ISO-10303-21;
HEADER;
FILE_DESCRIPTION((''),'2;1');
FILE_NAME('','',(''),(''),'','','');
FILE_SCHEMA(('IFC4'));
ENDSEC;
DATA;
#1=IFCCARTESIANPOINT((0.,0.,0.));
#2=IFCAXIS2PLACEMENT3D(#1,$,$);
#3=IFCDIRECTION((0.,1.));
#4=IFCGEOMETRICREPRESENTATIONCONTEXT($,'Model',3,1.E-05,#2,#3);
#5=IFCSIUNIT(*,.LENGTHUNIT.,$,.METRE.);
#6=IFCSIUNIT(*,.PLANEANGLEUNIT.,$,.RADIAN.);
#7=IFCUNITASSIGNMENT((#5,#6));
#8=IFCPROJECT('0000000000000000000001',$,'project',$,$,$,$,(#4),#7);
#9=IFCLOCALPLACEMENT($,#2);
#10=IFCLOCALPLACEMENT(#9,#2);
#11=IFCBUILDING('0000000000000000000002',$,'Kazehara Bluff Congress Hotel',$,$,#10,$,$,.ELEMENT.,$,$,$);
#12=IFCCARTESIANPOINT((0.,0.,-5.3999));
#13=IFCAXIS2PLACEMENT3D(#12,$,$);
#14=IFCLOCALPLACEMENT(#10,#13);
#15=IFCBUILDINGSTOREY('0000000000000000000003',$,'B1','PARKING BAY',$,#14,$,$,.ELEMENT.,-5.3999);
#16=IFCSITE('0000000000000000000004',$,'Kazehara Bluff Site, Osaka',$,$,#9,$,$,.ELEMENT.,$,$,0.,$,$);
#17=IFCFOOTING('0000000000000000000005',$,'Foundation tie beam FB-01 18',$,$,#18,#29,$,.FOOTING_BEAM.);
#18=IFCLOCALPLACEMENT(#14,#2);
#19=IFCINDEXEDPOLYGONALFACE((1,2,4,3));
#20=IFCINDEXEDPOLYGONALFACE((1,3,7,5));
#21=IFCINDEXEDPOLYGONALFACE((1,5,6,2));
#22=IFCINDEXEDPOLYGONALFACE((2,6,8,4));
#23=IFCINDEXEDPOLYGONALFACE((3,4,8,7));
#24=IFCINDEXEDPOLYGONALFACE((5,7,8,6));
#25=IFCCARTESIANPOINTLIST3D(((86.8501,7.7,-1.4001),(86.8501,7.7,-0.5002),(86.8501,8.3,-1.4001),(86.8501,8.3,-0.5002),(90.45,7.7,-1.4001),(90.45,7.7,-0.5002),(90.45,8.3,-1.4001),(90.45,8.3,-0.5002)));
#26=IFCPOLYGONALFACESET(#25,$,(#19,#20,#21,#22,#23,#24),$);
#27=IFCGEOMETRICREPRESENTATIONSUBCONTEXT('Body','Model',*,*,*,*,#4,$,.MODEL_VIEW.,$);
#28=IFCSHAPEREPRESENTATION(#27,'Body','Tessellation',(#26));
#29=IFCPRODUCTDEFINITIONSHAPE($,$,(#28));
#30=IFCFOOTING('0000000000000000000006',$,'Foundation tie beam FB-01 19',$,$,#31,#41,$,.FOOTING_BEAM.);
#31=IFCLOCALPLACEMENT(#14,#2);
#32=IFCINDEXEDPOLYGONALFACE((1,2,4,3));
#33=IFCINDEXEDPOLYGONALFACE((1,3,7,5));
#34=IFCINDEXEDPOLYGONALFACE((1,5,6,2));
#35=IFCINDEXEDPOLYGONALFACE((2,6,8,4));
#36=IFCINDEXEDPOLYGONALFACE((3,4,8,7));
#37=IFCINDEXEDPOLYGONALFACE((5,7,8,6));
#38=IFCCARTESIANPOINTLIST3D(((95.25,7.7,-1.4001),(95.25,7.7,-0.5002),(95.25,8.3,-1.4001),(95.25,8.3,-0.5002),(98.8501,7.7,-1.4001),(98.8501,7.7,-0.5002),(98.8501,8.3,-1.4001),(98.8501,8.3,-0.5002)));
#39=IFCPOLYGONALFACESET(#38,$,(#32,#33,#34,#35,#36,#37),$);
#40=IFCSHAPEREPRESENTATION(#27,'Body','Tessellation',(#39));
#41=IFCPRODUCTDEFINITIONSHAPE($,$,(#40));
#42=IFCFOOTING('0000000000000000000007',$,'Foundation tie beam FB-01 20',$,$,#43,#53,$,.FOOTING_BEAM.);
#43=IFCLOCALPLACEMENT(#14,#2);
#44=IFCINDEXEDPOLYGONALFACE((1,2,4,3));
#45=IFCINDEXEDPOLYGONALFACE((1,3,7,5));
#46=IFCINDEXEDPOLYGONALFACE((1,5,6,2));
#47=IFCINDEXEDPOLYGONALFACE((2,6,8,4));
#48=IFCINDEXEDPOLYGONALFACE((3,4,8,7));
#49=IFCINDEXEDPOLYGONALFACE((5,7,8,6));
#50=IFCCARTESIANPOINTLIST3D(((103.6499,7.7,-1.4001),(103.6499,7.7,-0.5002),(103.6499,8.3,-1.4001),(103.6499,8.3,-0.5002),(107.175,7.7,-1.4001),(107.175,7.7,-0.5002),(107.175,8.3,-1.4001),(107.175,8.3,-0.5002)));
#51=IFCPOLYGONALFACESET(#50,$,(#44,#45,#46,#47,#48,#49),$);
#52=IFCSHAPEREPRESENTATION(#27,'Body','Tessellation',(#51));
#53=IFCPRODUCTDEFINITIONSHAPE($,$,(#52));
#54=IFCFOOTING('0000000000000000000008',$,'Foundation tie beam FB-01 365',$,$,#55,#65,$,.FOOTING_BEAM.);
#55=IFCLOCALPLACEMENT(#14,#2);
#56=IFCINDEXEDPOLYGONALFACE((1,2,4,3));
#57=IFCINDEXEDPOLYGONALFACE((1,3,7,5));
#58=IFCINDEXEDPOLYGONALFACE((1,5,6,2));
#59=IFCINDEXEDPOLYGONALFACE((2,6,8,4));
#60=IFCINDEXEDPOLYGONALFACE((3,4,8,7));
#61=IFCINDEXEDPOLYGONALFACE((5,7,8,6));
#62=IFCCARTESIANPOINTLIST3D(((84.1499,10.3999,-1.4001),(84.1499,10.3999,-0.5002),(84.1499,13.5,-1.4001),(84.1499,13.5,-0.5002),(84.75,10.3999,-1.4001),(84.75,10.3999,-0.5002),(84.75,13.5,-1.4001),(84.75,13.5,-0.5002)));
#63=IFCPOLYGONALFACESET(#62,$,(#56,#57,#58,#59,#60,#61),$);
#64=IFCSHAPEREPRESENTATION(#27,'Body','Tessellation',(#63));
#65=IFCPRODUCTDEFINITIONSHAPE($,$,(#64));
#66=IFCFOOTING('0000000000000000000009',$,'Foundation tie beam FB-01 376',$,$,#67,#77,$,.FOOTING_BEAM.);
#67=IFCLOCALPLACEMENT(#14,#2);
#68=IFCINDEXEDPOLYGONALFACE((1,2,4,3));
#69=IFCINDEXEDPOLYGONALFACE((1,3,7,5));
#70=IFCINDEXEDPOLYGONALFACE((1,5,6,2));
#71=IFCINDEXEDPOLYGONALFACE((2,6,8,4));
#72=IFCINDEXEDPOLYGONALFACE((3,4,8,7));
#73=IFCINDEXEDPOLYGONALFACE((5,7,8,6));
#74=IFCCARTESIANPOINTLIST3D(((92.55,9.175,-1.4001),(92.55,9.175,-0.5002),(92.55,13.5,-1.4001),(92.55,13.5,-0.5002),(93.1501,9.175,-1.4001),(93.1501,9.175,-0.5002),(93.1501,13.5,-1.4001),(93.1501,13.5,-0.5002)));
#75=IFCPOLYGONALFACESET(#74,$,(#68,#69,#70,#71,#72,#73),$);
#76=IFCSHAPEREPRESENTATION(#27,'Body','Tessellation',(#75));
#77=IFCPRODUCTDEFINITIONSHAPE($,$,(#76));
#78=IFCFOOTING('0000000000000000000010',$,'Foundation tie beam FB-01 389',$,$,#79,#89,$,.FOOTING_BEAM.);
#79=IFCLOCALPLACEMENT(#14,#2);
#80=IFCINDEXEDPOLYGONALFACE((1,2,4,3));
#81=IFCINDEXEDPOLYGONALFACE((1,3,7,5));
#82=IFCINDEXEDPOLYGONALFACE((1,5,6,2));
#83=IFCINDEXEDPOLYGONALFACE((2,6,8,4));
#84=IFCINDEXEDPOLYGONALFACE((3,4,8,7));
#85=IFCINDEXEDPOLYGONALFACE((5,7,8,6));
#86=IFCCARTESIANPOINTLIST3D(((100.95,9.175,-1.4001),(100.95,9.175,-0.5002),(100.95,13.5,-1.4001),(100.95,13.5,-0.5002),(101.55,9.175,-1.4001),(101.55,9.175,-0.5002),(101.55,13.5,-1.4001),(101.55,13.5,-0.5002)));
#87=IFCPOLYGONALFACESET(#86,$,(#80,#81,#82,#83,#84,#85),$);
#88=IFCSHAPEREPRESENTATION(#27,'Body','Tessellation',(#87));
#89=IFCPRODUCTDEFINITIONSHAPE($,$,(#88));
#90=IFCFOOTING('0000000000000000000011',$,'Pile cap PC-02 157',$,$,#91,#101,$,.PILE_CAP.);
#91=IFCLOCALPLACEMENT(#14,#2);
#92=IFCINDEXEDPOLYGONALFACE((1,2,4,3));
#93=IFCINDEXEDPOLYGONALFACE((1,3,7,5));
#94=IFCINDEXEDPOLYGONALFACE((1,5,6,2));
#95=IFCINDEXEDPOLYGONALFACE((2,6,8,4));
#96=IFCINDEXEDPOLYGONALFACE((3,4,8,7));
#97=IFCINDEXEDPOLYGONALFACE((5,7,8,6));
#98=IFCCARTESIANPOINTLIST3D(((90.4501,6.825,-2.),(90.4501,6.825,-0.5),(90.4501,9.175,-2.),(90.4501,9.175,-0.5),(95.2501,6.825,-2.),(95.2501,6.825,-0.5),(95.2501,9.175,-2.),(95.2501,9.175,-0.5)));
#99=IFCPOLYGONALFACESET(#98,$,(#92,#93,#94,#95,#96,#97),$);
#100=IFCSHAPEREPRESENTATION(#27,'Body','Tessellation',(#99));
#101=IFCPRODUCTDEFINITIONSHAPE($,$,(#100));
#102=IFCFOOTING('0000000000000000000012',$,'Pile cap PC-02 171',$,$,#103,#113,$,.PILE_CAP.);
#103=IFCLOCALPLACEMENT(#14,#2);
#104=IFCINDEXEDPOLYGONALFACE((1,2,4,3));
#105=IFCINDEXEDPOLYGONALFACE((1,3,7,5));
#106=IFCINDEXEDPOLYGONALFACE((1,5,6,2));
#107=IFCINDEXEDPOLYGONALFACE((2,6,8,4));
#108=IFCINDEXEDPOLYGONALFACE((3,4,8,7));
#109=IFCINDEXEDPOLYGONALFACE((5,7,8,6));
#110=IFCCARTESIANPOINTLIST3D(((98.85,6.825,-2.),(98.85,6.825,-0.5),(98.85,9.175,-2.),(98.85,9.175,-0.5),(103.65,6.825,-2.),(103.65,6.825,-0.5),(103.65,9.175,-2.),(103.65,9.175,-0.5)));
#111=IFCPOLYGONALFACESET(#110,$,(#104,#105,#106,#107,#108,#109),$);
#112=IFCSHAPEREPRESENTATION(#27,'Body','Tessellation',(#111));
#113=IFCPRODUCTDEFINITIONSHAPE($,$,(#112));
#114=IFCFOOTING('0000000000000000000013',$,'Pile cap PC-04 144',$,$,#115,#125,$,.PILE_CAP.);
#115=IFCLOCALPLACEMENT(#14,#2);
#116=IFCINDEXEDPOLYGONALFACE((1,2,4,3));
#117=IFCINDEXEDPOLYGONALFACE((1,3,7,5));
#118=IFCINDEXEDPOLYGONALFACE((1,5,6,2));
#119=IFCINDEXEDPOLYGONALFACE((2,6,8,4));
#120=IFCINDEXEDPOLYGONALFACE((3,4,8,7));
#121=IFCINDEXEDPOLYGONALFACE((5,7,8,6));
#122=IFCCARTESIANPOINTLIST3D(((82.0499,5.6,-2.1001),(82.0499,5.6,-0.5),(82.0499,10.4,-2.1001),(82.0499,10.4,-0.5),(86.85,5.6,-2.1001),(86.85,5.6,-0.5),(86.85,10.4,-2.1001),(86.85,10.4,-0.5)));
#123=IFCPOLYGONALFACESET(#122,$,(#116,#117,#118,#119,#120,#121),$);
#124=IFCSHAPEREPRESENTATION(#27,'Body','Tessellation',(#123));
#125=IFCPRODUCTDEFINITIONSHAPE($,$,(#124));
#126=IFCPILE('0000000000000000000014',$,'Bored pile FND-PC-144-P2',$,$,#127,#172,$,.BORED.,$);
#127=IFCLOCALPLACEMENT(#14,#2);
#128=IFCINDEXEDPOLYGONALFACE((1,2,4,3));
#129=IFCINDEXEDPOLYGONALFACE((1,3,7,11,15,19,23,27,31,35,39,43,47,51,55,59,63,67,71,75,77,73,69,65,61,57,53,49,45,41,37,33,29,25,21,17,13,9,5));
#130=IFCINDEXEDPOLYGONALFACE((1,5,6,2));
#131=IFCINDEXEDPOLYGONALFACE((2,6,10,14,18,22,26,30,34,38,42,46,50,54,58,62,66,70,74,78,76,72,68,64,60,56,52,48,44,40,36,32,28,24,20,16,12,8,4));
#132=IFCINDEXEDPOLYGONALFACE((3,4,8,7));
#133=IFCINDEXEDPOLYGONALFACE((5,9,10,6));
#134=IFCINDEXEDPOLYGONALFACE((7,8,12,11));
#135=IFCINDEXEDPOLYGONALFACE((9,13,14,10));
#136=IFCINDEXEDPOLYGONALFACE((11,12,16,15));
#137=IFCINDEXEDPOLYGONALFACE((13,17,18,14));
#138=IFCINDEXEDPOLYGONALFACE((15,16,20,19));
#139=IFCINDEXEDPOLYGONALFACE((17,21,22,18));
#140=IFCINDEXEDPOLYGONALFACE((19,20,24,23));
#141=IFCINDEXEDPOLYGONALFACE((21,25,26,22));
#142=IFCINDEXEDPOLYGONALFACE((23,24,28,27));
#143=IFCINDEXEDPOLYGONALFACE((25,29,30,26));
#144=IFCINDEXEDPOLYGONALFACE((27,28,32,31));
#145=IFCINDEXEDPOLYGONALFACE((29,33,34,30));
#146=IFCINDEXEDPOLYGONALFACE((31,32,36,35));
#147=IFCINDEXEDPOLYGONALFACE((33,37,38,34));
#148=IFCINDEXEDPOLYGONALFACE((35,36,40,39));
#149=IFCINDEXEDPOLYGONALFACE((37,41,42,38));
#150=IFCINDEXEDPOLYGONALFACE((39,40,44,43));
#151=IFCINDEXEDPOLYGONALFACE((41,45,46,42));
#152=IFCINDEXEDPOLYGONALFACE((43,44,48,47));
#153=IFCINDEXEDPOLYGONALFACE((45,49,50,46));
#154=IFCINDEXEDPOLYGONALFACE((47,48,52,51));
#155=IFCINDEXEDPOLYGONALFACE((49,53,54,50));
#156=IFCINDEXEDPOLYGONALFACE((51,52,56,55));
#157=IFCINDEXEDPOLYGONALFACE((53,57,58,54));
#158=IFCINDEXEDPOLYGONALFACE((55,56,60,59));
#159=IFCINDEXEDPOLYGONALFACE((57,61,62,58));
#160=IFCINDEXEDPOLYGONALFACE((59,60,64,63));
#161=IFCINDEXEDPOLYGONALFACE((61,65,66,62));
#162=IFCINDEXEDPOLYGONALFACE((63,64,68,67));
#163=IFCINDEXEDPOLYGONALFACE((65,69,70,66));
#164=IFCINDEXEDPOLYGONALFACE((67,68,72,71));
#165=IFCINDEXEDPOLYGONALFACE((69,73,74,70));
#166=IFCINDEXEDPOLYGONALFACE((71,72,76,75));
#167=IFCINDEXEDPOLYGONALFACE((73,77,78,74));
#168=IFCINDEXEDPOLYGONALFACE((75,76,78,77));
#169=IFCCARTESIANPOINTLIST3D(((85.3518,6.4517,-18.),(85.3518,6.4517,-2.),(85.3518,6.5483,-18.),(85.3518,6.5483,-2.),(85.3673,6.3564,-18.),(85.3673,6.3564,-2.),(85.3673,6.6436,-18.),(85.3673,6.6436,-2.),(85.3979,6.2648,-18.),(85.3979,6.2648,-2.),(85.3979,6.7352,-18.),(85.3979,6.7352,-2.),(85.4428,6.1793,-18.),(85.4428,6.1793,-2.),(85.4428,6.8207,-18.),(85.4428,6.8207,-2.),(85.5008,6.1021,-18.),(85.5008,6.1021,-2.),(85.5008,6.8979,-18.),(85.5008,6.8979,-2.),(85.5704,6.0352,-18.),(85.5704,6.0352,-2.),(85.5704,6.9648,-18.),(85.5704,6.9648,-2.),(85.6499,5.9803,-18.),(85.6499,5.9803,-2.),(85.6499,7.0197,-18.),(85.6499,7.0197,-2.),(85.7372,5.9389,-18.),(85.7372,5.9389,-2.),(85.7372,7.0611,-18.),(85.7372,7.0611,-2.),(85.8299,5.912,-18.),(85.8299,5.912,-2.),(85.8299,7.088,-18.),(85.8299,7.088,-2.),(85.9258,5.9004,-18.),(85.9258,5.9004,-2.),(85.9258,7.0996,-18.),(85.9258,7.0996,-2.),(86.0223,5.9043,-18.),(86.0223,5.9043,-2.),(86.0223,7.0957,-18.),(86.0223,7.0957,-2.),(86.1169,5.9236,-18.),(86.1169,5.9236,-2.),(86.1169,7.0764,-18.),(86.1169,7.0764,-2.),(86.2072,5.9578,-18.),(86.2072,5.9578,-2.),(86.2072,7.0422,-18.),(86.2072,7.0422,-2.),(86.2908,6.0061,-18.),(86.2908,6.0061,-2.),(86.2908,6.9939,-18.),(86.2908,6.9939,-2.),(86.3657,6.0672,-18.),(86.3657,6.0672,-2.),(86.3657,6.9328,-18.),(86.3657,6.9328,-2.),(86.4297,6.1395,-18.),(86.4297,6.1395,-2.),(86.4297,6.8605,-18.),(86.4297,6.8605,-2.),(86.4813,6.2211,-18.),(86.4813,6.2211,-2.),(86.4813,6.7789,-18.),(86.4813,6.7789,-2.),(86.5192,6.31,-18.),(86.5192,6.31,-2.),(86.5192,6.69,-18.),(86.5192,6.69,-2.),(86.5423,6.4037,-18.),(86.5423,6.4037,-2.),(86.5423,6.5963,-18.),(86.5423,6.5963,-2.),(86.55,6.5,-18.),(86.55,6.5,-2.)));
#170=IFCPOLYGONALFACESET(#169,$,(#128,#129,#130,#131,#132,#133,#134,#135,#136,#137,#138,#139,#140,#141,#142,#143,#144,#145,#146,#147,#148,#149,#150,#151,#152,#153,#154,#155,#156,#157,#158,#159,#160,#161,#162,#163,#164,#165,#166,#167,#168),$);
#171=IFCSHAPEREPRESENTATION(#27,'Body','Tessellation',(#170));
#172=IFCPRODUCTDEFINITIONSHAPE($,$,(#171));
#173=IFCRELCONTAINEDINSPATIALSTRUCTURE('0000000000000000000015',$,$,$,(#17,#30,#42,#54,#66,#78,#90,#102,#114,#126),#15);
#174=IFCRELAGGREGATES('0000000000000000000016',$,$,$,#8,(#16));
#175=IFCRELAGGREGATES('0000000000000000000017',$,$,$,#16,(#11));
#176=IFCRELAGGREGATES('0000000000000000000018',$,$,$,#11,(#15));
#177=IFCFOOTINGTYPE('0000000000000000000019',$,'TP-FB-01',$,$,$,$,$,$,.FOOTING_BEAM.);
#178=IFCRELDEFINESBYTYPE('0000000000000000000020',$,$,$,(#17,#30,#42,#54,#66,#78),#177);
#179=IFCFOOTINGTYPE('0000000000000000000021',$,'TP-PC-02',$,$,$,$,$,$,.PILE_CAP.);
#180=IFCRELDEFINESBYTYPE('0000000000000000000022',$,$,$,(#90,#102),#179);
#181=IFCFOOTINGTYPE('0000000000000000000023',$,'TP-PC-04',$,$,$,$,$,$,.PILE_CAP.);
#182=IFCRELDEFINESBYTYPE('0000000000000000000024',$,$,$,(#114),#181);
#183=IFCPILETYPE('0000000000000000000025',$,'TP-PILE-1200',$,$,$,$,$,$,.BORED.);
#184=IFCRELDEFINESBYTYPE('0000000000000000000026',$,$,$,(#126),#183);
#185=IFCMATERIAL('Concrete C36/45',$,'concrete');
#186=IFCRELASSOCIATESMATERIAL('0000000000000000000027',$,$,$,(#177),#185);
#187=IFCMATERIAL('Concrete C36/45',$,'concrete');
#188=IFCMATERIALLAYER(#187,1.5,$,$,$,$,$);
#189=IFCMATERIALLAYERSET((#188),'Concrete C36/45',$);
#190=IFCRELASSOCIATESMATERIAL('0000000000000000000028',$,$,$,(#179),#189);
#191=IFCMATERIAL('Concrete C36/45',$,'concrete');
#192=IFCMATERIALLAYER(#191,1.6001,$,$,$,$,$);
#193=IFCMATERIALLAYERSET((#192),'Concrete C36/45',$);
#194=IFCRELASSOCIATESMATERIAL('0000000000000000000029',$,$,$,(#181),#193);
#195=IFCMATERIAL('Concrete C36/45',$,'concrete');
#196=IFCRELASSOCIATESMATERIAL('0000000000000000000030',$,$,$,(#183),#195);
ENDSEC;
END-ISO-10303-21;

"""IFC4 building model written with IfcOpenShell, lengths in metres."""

from ifc_helpers import new_model, si_unit, direction, frame, origin, origin_2d, place, context, subcontext, project, spatial, rectangle, circle, extrude, material, layer, layer_set, material_profile, profile_set, type_object, element, save


model = new_model("IFC4")

# Units and contexts
model_context = context("Model", 3, precision=1e-05, world=origin(), true_north=direction((0.0, 1.0)))
body_context = subcontext(model_context, "Body", "Model", "MODEL_VIEW")
ifc_project = project(units=[si_unit("LENGTHUNIT", "METRE"), si_unit("PLANEANGLEUNIT", "RADIAN")], contexts=[model_context])

# Site, building, storey
site_placement = place(None, origin())
site = spatial("IfcSite", under=ifc_project, at=site_placement, Name="Kazehara Bluff Site, Osaka", CompositionType="ELEMENT", RefElevation=0.0)
building_placement = place(site_placement, origin())
building = spatial("IfcBuilding", under=site, at=building_placement, Name="Kazehara Bluff Congress Hotel", CompositionType="ELEMENT")
storey_placement = place(building_placement, frame((0.0, 0.0, -5.3999)))
storey = spatial("IfcBuildingStorey", under=building, at=storey_placement, Name="B1", Description="PARKING BAY", CompositionType="ELEMENT", Elevation=-5.3999)

# Footings
ifc_material_1 = material(Name="Concrete C36/45", Category="concrete")
ifc_material_profile_1 = material_profile(ifc_material_1, rectangle(XDim=0.6001, YDim=0.8999, at=origin_2d()))
ifc_profile_set_1 = profile_set([ifc_material_profile_1], Name="Concrete C36/45")
footing_type_1 = type_object("IfcFootingType", Name="TP-FB-01", PredefinedType="FOOTING_BEAM", material=ifc_profile_set_1)
footing_1_placement = place(storey_placement, frame((86.8501, 8.0, -0.9502), z_axis=(1.0, 0.0, 0.0), x_axis=(0.0, 1.0, 0.0)))
element("IfcFooting", 1, at=footing_1_placement, inside=storey, type_object=footing_type_1, Name="Foundation tie beam FB-01 18", PredefinedType="FOOTING_BEAM", context=body_context, shape_type="SweptSolid", body=[
    extrude(rectangle(XDim=0.6001, YDim=0.8999, at=origin_2d()), origin(), (0.0, 0.0, 1.0), 3.5999),
])
footing_2_placement = place(storey_placement, frame((95.25, 8.0, -0.9502), z_axis=(1.0, 0.0, 0.0), x_axis=(0.0, 1.0, 0.0)))
element("IfcFooting", 2, at=footing_2_placement, inside=storey, type_object=footing_type_1, Name="Foundation tie beam FB-01 19", PredefinedType="FOOTING_BEAM", context=body_context, shape_type="SweptSolid", body=[
    extrude(rectangle(XDim=0.6001, YDim=0.8999, at=origin_2d()), origin(), (0.0, 0.0, 1.0), 3.6001),
])
footing_3_placement = place(storey_placement, frame((103.6499, 8.0, -0.9502), z_axis=(1.0, 0.0, 0.0), x_axis=(0.0, 1.0, 0.0)))
element("IfcFooting", 3, at=footing_3_placement, inside=storey, type_object=footing_type_1, Name="Foundation tie beam FB-01 20", PredefinedType="FOOTING_BEAM", context=body_context, shape_type="SweptSolid", body=[
    extrude(rectangle(XDim=0.6001, YDim=0.8999, at=origin_2d()), origin(), (0.0, 0.0, 1.0), 3.5251),
])
footing_4_placement = place(storey_placement, frame((84.45, 10.3999, -0.9502), z_axis=(0.0, 1.0, 0.0), x_axis=(-1.0, 0.0, 0.0)))
element("IfcFooting", 4, at=footing_4_placement, inside=storey, type_object=footing_type_1, Name="Foundation tie beam FB-01 365", PredefinedType="FOOTING_BEAM", context=body_context, shape_type="SweptSolid", body=[
    extrude(rectangle(XDim=0.6001, YDim=0.8999, at=origin_2d()), origin(), (0.0, 0.0, 1.0), 3.1001),
])
for number, where, z_axis, x_axis, name in (
    (5, (92.8501, 9.175, -0.9502), (0.0, 1.0, 0.0), (-1.0, 0.0, 0.0), "Foundation tie beam FB-01 376"),
    (6, (101.25, 9.175, -0.9502), (0.0, 1.0, 0.0), (-1.0, 0.0, 0.0), "Foundation tie beam FB-01 389"),
):
    element("IfcFooting", number, at=place(storey_placement, frame(where, z_axis=z_axis, x_axis=x_axis)), inside=storey, type_object=footing_type_1, Name=name, PredefinedType="FOOTING_BEAM", context=body_context, shape_type="SweptSolid", body=[
        extrude(rectangle(XDim=0.6001, YDim=0.8999, at=origin_2d()), origin(), (0.0, 0.0, 1.0), 4.325),
    ])
ifc_material_2 = material(Name="Concrete C36/45", Category="concrete")
ifc_layer_1 = layer(ifc_material_2, 1.5)
ifc_layer_set_1 = layer_set([ifc_layer_1], Name="Concrete C36/45")
footing_type_2 = type_object("IfcFootingType", Name="TP-PC-02", PredefinedType="PILE_CAP", material=ifc_layer_set_1)
for number, where, z_axis, x_axis, name in (
    (7, (92.8501, 8.0, -2.0), (0.0, 0.0, 1.0), (1.0, 0.0, 0.0), "Pile cap PC-02 157"),
    (8, (101.25, 8.0, -2.0), (0.0, 0.0, 1.0), (1.0, 0.0, 0.0), "Pile cap PC-02 171"),
):
    element("IfcFooting", number, at=place(storey_placement, frame(where, z_axis=z_axis, x_axis=x_axis)), inside=storey, type_object=footing_type_2, Name=name, PredefinedType="PILE_CAP", context=body_context, shape_type="SweptSolid", body=[
        extrude(rectangle(XDim=4.8, YDim=2.3501, at=origin_2d()), origin(), (0.0, 0.0, 1.0), 1.5),
    ])
ifc_material_3 = material(Name="Concrete C36/45", Category="concrete")
ifc_layer_2 = layer(ifc_material_3, 1.6001)
ifc_layer_set_2 = layer_set([ifc_layer_2], Name="Concrete C36/45")
footing_type_3 = type_object("IfcFootingType", Name="TP-PC-04", PredefinedType="PILE_CAP", material=ifc_layer_set_2)
footing_5_placement = place(storey_placement, frame((84.45, 8.0, -2.1001), z_axis=(0.0, 0.0, 1.0), x_axis=(1.0, 0.0, 0.0)))
element("IfcFooting", 9, at=footing_5_placement, inside=storey, type_object=footing_type_3, Name="Pile cap PC-04 144", PredefinedType="PILE_CAP", context=body_context, shape_type="SweptSolid", body=[
    extrude(rectangle(XDim=4.8, YDim=4.8, at=origin_2d()), origin(), (0.0, 0.0, 1.0), 1.6001),
])

# Pile
ifc_material_4 = material(Name="Concrete C36/45", Category="concrete")
ifc_material_profile_2 = material_profile(ifc_material_4, circle(Radius=0.6001, at=origin_2d()))
ifc_profile_set_2 = profile_set([ifc_material_profile_2], Name="Concrete C36/45")
pile_type = type_object("IfcPileType", Name="TP-PILE-1200", PredefinedType="BORED", material=ifc_profile_set_2)
for number, where, z_axis, x_axis, name in (
    (10, (85.95, 6.5, -2.0), (0.0, 0.0, -1.0), (1.0, 0.0, 0.0), "Bored pile FND-PC-144-P2"),
):
    element("IfcPile", number, at=place(storey_placement, frame(where, z_axis=z_axis, x_axis=x_axis)), inside=storey, type_object=pile_type, Name=name, PredefinedType="BORED", context=body_context, shape_type="SweptSolid", body=[
        extrude(circle(Radius=0.6001, at=origin_2d()), origin(), (0.0, 0.0, 1.0), 16.0),
    ])

save(model, "model.ifc")
